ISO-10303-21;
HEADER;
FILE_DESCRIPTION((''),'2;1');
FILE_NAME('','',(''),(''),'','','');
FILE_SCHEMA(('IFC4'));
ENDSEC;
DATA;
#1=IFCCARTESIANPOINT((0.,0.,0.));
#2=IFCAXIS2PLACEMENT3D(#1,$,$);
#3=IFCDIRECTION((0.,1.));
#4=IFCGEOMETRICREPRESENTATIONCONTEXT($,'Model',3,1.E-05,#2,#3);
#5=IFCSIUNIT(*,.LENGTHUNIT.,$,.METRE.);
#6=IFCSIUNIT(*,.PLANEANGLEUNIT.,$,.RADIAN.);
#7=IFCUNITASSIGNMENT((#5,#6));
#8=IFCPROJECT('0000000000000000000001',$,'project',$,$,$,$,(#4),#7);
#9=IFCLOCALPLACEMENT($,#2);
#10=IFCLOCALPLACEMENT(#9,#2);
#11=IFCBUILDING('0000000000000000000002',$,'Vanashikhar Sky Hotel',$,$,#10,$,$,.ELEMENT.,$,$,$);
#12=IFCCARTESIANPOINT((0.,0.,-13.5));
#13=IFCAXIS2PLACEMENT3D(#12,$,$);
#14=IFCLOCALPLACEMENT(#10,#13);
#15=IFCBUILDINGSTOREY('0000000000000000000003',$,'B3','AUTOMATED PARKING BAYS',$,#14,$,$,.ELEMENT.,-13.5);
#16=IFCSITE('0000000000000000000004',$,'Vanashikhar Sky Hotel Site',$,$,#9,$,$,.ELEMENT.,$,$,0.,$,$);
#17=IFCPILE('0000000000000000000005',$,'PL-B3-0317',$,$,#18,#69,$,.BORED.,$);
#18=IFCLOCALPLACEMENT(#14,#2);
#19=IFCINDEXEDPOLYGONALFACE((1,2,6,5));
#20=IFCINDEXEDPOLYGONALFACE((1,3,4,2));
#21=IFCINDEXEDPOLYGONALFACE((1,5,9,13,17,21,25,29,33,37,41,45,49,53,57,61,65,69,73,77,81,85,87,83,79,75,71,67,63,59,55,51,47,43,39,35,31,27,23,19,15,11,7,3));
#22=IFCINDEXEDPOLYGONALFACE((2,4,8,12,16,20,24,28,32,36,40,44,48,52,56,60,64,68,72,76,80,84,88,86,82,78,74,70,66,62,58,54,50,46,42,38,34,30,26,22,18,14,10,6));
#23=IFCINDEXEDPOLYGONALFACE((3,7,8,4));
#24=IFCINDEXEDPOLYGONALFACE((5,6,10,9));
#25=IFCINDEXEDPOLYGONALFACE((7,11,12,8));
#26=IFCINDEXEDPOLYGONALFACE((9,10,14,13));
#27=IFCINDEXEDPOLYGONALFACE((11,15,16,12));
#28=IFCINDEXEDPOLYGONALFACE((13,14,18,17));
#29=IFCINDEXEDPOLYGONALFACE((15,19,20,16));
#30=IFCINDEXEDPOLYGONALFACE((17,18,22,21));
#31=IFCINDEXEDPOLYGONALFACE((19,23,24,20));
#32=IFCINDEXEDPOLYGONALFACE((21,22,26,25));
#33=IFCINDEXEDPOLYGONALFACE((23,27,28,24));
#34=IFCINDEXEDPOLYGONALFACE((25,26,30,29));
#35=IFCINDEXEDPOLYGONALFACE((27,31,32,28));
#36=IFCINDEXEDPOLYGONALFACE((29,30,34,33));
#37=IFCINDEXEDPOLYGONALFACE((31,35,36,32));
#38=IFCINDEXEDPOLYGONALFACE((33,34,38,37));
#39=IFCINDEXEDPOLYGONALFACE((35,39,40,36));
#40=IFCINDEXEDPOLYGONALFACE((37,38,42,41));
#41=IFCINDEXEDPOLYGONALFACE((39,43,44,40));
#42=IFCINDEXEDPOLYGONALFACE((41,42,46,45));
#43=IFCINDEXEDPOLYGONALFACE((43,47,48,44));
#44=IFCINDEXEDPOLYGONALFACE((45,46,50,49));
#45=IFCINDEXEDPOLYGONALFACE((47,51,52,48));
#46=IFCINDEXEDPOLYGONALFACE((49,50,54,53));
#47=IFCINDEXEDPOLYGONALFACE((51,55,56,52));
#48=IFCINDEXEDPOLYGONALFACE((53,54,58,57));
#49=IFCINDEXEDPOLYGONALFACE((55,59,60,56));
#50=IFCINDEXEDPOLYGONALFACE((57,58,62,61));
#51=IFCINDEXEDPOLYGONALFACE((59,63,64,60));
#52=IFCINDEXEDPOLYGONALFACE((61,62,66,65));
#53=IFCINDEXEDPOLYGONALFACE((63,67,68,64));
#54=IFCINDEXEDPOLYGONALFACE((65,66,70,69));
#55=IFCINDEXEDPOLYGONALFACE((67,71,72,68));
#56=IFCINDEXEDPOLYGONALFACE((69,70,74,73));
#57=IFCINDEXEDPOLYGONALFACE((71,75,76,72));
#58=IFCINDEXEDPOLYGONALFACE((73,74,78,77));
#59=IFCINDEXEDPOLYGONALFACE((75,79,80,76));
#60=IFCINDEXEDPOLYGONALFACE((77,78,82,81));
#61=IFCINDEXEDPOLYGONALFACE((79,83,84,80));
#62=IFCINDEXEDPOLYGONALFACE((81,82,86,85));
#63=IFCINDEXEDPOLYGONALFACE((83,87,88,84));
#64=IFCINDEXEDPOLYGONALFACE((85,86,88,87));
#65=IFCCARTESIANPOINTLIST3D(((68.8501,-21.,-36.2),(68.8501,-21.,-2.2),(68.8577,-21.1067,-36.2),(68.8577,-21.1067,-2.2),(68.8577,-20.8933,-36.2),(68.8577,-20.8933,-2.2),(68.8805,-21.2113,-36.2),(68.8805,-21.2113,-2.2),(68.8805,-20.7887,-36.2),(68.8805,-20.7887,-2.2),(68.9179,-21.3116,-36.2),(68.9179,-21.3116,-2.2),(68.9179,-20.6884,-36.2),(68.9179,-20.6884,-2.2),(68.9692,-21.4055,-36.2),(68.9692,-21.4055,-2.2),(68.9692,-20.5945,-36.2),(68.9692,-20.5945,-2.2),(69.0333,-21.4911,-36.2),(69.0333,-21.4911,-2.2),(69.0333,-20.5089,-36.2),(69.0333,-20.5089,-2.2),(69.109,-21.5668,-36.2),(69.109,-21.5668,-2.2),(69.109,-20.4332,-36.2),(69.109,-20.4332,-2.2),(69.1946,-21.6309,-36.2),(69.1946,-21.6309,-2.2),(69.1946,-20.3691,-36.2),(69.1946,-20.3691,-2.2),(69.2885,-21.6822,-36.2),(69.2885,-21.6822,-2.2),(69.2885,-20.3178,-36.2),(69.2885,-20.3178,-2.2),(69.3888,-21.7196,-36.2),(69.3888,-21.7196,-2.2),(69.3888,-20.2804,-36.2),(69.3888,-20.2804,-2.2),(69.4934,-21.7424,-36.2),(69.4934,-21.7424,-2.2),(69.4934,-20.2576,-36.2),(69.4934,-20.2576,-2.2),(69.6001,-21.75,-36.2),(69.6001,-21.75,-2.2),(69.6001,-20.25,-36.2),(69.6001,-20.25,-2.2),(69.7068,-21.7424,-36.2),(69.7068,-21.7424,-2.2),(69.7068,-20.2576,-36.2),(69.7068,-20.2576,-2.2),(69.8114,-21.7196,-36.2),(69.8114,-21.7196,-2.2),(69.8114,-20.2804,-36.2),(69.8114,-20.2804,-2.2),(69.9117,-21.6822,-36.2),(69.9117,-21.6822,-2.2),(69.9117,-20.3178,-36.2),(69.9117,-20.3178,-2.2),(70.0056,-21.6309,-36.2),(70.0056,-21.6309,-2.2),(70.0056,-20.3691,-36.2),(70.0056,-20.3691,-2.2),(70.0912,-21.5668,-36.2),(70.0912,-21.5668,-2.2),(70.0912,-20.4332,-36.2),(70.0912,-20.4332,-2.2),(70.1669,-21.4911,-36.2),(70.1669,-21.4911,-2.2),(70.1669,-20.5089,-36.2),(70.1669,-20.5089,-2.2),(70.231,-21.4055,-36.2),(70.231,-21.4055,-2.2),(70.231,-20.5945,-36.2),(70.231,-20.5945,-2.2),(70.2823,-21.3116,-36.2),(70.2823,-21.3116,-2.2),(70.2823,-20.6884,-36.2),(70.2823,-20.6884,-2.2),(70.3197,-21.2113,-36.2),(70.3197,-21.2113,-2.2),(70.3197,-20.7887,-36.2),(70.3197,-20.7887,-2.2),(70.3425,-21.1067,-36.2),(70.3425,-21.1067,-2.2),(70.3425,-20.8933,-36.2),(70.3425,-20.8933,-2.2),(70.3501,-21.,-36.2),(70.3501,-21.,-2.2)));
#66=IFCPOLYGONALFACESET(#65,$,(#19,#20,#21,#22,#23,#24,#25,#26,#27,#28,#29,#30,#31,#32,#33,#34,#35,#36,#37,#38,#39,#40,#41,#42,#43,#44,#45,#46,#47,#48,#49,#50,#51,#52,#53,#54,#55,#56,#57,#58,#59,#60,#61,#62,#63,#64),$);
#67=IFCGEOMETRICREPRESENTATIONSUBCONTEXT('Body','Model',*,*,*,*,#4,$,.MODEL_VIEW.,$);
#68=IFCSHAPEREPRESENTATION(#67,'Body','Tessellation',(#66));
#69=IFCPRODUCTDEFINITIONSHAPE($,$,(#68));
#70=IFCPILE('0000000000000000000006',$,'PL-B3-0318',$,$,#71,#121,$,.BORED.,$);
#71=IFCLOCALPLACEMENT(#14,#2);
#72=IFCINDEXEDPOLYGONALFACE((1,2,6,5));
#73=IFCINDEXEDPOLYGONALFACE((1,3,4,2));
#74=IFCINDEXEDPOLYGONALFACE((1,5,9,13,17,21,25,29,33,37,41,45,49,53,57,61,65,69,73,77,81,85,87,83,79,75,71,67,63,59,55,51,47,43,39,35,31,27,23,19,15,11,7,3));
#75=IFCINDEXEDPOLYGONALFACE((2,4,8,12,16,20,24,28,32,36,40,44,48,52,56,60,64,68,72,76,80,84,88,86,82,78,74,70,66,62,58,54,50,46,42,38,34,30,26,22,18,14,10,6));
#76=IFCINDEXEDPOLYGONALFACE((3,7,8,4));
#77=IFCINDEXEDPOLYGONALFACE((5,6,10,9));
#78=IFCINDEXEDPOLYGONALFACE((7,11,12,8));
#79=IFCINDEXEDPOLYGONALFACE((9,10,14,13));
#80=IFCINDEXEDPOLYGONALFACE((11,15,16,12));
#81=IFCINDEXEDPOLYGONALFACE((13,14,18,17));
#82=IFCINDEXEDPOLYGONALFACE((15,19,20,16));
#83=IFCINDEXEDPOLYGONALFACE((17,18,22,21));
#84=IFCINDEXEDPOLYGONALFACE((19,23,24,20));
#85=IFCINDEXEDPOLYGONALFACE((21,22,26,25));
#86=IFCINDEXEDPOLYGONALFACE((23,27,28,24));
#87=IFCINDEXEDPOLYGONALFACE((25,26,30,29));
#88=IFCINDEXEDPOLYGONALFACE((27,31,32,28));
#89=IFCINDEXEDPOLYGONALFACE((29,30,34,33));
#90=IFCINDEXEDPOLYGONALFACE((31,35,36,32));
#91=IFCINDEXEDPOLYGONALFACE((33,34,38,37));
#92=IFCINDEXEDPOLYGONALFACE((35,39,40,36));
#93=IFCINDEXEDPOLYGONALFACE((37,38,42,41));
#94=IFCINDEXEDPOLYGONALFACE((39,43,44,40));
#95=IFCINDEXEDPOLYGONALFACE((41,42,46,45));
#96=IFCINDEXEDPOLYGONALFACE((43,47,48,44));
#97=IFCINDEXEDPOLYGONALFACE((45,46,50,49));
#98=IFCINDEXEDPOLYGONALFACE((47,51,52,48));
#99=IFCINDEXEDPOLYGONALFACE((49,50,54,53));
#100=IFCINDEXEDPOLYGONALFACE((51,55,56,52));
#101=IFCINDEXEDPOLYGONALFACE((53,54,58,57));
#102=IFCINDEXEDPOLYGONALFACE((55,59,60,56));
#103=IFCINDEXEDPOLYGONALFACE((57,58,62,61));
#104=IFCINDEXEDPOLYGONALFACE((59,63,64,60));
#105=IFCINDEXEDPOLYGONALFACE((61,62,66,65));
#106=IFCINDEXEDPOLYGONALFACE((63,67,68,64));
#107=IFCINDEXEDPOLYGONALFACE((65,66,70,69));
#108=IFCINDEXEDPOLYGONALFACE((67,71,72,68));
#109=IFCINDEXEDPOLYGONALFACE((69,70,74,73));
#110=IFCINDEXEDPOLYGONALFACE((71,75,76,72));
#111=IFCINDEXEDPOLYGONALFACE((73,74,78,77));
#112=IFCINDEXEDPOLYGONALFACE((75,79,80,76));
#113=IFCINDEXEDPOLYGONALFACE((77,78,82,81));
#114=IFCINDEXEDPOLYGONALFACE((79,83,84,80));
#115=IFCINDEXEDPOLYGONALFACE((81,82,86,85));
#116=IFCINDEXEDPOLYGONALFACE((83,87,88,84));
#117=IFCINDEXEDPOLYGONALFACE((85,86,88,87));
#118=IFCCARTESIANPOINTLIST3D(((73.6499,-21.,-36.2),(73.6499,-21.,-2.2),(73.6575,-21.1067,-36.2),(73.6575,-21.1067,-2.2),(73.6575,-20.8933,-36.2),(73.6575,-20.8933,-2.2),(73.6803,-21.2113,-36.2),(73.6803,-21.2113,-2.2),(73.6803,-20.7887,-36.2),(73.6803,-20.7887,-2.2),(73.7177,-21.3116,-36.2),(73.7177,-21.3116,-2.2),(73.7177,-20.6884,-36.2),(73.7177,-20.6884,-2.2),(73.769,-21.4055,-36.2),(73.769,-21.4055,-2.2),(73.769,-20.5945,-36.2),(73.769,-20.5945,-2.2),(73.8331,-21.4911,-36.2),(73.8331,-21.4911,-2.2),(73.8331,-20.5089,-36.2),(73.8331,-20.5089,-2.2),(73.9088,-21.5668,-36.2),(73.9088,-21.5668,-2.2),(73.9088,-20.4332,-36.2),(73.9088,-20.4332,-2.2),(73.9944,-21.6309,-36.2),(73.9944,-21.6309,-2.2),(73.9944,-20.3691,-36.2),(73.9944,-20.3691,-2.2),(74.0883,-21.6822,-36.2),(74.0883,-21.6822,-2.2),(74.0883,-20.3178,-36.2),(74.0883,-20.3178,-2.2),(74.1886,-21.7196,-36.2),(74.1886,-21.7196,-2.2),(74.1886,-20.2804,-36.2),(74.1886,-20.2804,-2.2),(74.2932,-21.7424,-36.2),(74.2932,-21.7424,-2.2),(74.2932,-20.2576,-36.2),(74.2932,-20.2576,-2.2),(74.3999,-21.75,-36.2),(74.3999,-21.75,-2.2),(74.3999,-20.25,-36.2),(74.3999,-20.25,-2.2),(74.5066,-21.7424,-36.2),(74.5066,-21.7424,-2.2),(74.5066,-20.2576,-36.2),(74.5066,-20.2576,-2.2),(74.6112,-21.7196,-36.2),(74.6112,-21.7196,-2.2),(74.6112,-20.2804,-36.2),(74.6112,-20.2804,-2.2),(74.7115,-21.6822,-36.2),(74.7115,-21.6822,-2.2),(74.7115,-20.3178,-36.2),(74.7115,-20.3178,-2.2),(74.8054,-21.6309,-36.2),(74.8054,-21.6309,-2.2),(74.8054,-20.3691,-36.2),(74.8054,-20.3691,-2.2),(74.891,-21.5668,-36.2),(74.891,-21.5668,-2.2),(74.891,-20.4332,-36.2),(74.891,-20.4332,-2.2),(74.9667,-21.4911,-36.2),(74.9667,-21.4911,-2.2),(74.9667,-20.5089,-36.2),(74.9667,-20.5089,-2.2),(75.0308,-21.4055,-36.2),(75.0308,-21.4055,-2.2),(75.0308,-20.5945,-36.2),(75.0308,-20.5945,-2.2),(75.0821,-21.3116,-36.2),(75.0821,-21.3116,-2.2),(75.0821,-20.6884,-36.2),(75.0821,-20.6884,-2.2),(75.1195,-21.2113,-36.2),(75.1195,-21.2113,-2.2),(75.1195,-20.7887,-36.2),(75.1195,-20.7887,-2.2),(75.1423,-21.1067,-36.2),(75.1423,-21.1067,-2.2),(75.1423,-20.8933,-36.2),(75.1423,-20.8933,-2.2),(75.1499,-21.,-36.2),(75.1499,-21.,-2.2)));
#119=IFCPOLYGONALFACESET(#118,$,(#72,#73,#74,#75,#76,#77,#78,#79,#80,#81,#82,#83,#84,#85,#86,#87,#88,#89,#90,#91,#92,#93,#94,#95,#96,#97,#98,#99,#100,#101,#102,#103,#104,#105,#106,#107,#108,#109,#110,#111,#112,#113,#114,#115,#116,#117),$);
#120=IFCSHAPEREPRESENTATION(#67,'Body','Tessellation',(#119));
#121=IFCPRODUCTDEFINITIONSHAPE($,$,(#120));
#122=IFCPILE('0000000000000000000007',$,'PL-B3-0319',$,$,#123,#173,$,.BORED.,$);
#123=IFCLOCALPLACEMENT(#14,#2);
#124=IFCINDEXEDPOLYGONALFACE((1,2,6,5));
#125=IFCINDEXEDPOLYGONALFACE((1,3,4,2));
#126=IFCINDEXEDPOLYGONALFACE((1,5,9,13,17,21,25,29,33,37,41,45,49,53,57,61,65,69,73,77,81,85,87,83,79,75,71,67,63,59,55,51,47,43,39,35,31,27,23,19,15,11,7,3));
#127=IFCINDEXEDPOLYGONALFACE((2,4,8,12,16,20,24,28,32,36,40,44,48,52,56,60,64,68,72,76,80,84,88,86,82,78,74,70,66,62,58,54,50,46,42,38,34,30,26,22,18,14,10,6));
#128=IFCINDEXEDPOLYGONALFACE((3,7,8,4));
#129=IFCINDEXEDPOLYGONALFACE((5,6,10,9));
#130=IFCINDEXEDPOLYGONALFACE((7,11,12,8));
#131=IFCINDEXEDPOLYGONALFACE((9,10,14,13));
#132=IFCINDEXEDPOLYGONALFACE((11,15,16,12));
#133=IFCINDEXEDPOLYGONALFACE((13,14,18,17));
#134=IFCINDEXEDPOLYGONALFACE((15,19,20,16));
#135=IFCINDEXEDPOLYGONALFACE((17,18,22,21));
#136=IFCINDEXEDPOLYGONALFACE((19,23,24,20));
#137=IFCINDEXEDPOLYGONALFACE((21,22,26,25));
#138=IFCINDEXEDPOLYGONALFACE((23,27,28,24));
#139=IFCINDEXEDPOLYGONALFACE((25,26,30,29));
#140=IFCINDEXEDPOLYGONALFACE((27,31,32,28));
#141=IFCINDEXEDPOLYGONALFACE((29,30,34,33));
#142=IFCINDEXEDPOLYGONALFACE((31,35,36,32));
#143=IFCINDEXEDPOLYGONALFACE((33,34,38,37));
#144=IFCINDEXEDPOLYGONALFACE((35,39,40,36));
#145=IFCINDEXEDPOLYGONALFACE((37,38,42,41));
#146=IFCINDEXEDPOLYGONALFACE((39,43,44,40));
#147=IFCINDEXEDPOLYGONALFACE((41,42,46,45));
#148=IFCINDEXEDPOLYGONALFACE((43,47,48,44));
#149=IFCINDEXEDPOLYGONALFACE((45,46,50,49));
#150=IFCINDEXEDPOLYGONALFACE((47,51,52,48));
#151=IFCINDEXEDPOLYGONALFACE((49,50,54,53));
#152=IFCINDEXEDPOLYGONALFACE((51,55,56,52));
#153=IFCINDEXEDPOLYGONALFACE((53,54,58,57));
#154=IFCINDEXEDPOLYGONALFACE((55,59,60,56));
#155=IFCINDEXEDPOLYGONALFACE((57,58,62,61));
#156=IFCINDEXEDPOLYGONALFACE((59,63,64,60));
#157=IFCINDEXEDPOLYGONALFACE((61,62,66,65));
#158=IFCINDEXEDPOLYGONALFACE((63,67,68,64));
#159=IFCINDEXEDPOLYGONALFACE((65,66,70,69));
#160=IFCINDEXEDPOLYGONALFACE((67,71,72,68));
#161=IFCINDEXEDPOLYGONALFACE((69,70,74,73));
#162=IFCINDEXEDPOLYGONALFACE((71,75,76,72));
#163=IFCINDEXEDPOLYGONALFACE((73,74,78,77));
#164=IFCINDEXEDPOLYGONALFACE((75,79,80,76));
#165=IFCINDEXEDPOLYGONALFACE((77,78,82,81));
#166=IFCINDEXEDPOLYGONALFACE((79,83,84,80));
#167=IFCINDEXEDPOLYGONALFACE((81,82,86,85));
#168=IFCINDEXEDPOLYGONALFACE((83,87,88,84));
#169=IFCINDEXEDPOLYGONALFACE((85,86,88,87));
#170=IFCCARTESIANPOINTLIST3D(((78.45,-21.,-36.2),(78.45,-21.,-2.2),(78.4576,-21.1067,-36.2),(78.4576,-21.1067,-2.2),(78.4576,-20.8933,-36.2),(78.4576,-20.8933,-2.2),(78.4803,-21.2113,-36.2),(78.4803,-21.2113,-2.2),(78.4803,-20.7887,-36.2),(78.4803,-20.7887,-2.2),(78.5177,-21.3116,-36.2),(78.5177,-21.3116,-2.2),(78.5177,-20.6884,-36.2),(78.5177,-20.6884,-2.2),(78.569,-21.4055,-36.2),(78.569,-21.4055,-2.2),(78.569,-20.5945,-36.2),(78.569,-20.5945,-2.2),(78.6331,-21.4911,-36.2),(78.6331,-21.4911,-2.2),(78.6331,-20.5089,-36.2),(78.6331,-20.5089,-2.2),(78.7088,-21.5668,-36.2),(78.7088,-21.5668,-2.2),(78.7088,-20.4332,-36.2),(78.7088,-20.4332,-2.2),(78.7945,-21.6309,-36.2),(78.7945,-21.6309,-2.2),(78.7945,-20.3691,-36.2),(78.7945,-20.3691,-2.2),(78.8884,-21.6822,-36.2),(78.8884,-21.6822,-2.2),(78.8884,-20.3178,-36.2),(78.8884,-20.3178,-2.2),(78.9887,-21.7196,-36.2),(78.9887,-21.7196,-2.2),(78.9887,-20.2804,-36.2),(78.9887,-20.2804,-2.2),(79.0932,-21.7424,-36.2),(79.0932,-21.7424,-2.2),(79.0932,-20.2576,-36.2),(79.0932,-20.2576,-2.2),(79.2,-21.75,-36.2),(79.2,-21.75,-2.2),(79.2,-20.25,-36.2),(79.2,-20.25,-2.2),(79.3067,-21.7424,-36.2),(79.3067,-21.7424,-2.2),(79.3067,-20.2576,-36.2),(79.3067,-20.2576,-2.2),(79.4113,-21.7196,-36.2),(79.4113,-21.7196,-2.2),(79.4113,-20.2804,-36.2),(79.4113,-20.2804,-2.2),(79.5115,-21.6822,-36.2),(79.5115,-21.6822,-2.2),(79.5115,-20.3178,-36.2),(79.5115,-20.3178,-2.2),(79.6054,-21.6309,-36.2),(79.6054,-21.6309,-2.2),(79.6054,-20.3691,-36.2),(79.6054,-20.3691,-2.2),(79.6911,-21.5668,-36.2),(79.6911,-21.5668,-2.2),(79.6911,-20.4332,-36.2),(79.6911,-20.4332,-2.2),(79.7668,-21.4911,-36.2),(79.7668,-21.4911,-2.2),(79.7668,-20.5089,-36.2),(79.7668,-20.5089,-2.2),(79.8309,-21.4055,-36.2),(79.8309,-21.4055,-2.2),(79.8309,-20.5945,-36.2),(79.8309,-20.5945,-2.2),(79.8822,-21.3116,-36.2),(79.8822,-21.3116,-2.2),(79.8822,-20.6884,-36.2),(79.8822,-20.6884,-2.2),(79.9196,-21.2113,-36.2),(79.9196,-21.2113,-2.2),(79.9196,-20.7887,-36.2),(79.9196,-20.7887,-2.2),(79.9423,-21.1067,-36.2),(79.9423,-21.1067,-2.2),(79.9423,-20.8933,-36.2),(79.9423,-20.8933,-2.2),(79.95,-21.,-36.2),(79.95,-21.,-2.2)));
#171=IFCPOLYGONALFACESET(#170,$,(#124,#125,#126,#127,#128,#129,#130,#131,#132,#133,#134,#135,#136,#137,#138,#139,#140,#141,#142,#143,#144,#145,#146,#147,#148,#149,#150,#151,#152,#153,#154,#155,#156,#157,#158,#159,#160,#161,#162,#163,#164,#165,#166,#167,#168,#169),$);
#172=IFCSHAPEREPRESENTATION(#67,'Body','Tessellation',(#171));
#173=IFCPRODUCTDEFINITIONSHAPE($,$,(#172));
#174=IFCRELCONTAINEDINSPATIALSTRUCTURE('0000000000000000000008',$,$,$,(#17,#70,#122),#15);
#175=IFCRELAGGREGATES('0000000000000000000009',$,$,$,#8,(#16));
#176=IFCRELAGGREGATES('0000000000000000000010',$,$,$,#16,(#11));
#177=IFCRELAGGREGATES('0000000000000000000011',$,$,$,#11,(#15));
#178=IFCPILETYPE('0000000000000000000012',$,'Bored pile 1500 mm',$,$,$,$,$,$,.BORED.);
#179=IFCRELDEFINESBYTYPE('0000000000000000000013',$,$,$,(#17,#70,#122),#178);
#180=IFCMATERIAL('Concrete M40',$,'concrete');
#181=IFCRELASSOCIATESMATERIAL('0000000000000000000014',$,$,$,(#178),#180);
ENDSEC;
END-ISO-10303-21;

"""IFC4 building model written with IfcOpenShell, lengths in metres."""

from ifc_helpers import new_model, si_unit, direction, frame, origin, origin_2d, place, context, subcontext, project, spatial, circle, extrude, source, transform, mapped, material, type_object, element, save


model = new_model("IFC4")

# Units and contexts
model_context = context("Model", 3, precision=1e-05, world=origin(), true_north=direction((0.0, 1.0)))
body_context = subcontext(model_context, "Body", "Model", "MODEL_VIEW")
ifc_project = project(units=[si_unit("LENGTHUNIT", "METRE"), si_unit("PLANEANGLEUNIT", "RADIAN")], contexts=[model_context])

# Site, building, storey
site_placement = place(None, origin())
site = spatial("IfcSite", under=ifc_project, at=site_placement, Name="Vanashikhar Sky Hotel Site", CompositionType="ELEMENT", RefElevation=0.0)
building_placement = place(site_placement, origin())
building = spatial("IfcBuilding", under=site, at=building_placement, Name="Vanashikhar Sky Hotel", CompositionType="ELEMENT")
storey_placement = place(building_placement, frame((0.0, 0.0, -13.5)))
storey = spatial("IfcBuildingStorey", under=building, at=storey_placement, Name="B3", Description="AUTOMATED PARKING BAYS", CompositionType="ELEMENT", Elevation=-13.5)

# Piles
ifc_material_1 = material(Name="Concrete M40", Category="concrete")
pile_type_1 = type_object("IfcPileType", Name="Bored pile 1500 mm", PredefinedType="BORED", material=ifc_material_1)
shared_shape_1 = source(origin(), body_context, "Body", "SweptSolid", [
    extrude(circle(Radius=0.75, at=origin_2d()), origin(), (0.0, 0.0, 1.0), 34.0),
])
for number, where, z_axis, x_axis, name in (
    (1, (69.6001, -21.0, -2.2), (0.0, 0.0, -1.0), (1.0, 0.0, 0.0), "PL-B3-0317"),
    (2, (74.3999, -21.0, -2.2), (0.0, 0.0, -1.0), (1.0, 0.0, 0.0), "PL-B3-0318"),
    (3, (79.2, -21.0, -2.2), (0.0, 0.0, -1.0), (1.0, 0.0, 0.0), "PL-B3-0319"),
):
    element("IfcPile", number, at=place(storey_placement, frame(where, z_axis=z_axis, x_axis=x_axis)), inside=storey, type_object=pile_type_1, Name=name, PredefinedType="BORED", context=body_context, shape_type="MappedRepresentation", body=[
        mapped(shared_shape_1, transform((0.0, 0.0, 0.0), scale=1.0)),
    ])

save(model, "model.ifc")
